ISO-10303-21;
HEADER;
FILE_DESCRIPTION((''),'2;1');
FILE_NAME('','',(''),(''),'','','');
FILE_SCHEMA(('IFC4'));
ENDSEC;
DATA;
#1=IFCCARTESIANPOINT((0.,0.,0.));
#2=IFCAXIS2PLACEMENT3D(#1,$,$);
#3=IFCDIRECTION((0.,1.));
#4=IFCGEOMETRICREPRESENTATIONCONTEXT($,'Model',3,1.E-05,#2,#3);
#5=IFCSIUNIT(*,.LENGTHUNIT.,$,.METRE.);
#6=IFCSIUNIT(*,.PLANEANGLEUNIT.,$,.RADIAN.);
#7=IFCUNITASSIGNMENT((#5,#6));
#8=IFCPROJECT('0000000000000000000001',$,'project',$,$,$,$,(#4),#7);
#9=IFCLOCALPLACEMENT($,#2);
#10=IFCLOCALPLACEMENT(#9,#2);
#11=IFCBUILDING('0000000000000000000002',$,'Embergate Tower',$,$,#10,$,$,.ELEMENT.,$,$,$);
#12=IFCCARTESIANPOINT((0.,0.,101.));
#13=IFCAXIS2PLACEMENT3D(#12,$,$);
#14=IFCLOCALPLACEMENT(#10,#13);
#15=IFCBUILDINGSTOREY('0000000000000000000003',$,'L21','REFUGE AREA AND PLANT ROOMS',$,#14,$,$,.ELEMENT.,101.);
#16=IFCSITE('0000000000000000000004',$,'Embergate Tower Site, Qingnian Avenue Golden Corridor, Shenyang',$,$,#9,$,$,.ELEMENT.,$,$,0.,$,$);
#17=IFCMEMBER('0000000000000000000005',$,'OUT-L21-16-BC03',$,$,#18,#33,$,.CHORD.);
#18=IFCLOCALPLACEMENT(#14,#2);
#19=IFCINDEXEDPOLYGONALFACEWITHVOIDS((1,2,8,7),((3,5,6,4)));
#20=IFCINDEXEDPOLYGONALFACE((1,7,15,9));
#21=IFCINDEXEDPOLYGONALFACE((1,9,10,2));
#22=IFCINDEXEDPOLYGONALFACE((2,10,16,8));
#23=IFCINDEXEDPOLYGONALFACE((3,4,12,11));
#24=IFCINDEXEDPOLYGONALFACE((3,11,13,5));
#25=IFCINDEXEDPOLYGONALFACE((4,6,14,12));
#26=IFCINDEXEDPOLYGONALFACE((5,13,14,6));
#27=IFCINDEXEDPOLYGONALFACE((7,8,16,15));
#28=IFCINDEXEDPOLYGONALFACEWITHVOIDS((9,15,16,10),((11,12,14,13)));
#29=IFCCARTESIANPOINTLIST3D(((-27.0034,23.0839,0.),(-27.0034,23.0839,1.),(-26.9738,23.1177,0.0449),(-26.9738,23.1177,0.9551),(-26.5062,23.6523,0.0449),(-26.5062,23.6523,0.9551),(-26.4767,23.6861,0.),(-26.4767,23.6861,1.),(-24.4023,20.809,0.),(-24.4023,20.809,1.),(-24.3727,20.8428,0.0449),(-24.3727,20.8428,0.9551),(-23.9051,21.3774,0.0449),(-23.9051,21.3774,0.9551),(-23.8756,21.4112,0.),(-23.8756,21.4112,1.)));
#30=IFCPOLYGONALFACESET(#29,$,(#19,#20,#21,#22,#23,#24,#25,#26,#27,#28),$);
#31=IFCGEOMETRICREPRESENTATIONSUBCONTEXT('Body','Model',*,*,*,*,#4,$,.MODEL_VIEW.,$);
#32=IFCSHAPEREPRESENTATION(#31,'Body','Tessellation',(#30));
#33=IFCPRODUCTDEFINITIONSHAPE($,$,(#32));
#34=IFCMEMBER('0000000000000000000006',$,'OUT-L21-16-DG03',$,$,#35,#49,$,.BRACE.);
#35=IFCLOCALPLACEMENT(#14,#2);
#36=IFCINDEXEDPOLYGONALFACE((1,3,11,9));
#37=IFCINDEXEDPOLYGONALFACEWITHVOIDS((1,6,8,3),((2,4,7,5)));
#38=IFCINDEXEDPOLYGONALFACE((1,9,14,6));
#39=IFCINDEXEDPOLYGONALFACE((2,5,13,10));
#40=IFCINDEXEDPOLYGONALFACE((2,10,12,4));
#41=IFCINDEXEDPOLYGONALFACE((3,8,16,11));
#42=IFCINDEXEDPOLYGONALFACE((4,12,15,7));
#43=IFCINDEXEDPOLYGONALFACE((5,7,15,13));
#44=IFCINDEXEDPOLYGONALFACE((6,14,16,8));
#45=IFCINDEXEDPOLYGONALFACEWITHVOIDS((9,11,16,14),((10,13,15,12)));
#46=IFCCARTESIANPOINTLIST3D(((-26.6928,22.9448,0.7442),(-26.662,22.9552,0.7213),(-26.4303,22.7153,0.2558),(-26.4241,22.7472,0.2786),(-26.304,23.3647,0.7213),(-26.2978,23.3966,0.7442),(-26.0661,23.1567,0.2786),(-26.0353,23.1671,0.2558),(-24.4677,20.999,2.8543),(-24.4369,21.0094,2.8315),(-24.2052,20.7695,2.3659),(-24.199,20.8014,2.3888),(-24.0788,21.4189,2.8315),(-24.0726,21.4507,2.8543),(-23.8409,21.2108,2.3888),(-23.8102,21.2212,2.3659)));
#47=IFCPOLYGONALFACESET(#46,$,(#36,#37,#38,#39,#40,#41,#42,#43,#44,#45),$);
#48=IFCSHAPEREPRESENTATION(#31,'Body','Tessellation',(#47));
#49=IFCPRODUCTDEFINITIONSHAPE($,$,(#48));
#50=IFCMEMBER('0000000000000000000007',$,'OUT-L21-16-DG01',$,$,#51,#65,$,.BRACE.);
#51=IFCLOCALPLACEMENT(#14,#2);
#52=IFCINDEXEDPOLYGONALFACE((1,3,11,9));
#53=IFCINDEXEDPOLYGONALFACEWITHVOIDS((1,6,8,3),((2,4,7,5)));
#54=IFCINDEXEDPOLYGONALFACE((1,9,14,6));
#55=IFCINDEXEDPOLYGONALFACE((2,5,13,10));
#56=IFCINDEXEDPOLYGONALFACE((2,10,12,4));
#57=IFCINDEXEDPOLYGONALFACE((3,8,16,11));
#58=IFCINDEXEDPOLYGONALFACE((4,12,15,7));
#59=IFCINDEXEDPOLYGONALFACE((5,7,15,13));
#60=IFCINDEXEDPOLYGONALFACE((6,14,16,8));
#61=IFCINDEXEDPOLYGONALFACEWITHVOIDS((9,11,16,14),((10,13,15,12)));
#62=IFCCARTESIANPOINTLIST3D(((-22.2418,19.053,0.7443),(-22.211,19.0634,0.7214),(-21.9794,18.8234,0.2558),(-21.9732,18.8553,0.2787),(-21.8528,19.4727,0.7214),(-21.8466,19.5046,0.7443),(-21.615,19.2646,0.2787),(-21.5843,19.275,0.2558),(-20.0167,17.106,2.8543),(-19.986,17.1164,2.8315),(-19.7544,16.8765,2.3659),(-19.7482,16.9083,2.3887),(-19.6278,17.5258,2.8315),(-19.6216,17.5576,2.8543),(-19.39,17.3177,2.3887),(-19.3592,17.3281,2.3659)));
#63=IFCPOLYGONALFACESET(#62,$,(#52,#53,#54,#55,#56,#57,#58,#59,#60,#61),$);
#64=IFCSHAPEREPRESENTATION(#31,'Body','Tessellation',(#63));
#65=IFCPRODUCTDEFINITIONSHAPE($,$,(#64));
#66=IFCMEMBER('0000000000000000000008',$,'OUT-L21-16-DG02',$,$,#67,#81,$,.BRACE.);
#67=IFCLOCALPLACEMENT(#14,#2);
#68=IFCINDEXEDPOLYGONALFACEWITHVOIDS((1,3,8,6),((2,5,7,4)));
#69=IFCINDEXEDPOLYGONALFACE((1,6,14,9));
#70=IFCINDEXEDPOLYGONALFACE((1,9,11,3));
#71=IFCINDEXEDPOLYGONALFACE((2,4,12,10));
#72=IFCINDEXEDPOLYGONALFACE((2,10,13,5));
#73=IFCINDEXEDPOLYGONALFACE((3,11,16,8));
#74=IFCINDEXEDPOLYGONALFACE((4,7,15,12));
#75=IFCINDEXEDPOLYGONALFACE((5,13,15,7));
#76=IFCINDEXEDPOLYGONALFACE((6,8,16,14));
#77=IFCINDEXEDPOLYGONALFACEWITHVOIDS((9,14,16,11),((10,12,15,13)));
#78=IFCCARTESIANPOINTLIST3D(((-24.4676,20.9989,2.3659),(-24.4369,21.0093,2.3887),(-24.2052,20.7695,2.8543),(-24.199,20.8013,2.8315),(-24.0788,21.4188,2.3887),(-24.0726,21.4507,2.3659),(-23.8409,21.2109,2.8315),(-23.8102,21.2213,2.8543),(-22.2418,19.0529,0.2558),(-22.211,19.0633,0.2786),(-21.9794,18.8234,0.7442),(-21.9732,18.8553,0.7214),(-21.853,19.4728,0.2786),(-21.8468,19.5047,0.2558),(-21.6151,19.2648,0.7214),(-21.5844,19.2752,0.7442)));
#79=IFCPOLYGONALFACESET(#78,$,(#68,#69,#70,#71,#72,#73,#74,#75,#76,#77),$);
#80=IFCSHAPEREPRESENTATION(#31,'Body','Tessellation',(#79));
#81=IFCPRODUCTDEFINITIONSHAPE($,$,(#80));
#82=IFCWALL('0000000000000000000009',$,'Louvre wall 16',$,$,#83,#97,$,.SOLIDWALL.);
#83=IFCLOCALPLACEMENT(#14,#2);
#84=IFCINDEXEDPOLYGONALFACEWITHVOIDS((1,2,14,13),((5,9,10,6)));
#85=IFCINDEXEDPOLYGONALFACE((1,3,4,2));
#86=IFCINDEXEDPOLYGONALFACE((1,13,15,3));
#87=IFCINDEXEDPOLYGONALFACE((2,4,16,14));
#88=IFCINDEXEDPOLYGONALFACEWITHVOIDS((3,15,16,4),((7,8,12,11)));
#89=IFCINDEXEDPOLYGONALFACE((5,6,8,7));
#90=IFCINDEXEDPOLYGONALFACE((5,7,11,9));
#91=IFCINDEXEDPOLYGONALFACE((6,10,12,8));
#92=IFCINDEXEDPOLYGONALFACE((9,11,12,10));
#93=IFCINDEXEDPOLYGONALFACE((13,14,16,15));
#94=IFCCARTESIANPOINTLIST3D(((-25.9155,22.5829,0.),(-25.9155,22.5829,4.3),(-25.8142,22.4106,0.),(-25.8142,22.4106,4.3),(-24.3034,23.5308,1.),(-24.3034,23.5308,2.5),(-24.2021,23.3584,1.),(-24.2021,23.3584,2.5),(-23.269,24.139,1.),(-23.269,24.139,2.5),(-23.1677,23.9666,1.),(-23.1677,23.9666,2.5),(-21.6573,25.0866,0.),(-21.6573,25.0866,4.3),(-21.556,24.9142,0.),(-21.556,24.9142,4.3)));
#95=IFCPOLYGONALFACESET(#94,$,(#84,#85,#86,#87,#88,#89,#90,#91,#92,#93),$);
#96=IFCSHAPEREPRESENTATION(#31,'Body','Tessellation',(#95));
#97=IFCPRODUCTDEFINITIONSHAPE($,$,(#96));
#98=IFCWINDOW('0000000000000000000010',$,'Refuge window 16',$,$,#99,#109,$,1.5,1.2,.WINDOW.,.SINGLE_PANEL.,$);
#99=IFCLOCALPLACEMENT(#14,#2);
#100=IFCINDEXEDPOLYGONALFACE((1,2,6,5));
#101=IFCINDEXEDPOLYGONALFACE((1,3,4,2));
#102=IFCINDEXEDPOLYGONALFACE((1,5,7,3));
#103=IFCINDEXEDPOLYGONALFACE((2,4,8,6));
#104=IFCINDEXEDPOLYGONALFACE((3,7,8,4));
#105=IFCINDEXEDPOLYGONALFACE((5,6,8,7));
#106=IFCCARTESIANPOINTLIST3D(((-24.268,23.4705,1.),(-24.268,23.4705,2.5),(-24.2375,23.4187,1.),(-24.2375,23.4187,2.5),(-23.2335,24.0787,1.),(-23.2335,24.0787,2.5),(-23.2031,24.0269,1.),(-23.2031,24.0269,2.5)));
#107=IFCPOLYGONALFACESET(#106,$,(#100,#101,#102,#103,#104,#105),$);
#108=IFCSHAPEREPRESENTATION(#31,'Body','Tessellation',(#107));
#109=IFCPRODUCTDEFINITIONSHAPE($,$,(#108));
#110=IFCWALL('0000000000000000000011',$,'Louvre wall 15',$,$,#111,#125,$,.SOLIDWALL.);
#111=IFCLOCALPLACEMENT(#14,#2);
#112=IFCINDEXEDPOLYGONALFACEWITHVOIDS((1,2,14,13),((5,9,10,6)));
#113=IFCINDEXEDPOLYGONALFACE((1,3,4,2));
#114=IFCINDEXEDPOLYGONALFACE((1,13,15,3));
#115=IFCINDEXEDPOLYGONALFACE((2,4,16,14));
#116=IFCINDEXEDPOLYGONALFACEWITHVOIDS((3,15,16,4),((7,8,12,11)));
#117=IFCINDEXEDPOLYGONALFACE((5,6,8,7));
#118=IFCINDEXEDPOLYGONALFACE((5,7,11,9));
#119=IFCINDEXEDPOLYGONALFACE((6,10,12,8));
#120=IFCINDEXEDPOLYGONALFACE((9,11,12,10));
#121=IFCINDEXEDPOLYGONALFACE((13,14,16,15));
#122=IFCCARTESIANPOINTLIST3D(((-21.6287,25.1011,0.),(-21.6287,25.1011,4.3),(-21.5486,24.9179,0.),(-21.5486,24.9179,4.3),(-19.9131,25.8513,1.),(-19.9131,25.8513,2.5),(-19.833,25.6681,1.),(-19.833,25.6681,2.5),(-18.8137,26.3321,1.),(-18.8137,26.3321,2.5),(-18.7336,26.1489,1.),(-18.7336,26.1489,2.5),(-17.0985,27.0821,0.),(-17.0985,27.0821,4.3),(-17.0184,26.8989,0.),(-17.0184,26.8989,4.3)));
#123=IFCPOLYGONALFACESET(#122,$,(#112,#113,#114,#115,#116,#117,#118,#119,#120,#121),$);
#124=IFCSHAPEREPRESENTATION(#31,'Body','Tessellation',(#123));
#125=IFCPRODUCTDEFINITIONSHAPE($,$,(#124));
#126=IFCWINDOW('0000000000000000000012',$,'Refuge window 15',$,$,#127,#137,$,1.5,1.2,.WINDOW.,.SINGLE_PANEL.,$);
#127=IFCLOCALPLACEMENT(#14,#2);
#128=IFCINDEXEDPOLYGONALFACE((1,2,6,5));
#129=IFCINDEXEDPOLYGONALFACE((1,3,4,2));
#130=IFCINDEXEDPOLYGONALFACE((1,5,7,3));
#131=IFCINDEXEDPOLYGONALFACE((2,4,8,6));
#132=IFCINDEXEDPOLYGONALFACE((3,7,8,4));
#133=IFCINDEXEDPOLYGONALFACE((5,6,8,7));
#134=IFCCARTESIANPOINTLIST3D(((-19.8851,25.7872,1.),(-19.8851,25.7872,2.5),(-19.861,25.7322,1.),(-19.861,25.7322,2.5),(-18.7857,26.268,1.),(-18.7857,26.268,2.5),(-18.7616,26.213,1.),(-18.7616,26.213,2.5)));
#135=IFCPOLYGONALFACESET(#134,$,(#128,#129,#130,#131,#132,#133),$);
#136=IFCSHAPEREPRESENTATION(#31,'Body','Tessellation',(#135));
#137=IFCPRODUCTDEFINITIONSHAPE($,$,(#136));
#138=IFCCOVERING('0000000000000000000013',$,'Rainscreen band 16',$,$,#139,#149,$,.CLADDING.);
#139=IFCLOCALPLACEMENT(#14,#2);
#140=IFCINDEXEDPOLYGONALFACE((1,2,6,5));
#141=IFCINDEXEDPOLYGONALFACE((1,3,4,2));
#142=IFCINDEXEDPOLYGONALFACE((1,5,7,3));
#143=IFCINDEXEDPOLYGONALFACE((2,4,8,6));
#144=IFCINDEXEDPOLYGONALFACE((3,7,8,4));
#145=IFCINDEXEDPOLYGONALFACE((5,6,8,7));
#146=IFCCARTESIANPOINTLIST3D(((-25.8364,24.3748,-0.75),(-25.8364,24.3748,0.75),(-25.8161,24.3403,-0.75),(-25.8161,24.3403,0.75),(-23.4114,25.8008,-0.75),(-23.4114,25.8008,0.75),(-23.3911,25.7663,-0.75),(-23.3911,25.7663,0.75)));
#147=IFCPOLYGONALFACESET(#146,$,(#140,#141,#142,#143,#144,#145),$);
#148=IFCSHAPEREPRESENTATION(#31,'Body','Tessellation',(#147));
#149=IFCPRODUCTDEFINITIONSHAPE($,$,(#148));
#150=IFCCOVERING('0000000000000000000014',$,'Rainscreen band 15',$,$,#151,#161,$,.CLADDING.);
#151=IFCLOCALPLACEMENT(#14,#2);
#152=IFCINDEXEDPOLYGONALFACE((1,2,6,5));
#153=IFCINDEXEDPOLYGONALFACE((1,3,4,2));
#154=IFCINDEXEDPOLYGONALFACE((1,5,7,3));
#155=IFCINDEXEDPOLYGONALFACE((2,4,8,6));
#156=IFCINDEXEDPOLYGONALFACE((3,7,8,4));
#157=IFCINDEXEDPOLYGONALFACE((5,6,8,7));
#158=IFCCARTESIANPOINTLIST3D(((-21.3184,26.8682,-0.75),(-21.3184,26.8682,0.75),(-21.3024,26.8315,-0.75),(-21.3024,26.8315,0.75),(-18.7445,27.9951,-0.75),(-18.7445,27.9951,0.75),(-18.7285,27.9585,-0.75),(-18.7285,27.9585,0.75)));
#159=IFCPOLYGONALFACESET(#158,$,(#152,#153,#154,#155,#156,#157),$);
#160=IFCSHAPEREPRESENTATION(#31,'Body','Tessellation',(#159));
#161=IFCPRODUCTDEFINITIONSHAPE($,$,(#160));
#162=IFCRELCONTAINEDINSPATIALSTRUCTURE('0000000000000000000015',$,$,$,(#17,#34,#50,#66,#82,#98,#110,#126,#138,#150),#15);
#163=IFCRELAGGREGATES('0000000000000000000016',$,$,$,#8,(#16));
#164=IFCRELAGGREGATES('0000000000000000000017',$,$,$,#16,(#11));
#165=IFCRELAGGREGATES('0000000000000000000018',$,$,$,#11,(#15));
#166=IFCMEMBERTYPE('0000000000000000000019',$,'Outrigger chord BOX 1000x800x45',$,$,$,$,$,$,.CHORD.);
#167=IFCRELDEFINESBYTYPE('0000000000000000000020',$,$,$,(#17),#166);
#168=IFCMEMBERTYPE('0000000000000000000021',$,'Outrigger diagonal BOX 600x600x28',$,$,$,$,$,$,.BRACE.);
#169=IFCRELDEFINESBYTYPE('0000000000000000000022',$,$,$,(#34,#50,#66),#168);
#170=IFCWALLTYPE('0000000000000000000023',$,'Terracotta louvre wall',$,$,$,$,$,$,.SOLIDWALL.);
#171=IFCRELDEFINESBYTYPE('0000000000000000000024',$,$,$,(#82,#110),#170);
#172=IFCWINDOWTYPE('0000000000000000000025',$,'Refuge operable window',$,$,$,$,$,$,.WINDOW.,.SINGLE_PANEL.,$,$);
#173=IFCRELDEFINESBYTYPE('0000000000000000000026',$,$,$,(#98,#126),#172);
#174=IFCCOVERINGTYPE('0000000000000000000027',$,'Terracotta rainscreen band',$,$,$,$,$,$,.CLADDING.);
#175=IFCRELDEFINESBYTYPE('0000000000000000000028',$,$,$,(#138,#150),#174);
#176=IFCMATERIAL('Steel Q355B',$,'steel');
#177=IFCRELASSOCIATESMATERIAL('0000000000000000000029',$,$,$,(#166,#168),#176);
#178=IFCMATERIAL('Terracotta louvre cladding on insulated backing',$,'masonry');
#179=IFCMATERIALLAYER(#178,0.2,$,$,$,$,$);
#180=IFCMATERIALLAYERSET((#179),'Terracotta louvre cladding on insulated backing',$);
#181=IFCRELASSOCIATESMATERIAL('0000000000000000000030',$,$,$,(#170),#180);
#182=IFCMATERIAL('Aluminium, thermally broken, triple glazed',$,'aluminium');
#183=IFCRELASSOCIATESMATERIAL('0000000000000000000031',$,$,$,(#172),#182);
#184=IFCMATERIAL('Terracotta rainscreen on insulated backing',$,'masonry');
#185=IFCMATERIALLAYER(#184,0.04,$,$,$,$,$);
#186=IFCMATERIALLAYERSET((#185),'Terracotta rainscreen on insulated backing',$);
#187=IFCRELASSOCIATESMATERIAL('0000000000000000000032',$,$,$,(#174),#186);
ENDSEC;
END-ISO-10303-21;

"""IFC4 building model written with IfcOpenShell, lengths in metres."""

from ifc_helpers import new_model, si_unit, direction, frame, frame_2d, origin, origin_2d, place, context, subcontext, project, spatial, rectangle, hollow_rectangle, extrude, source, transform, mapped, material, layer, layer_set, material_profile, profile_set, type_object, element, fill, save


model = new_model("IFC4")

# Units and contexts
model_context = context("Model", 3, precision=1e-05, world=origin(), true_north=direction((0.0, 1.0)))
body_context = subcontext(model_context, "Body", "Model", "MODEL_VIEW")
ifc_project = project(units=[si_unit("LENGTHUNIT", "METRE"), si_unit("PLANEANGLEUNIT", "RADIAN")], contexts=[model_context])

# Site, building, storey
site_placement = place(None, origin())
site = spatial("IfcSite", under=ifc_project, at=site_placement, Name="Embergate Tower Site, Qingnian Avenue Golden Corridor, Shenyang", CompositionType="ELEMENT", RefElevation=0.0)
building_placement = place(site_placement, origin())
building = spatial("IfcBuilding", under=site, at=building_placement, Name="Embergate Tower", CompositionType="ELEMENT")
storey_placement = place(building_placement, frame((0.0, 0.0, 101.0)))
storey = spatial("IfcBuildingStorey", under=building, at=storey_placement, Name="L21", Description="REFUGE AREA AND PLANT ROOMS", CompositionType="ELEMENT", Elevation=101.0)

# Shared definitions
ifc_material_1 = material(Name="Steel Q355B", Category="steel")

# Members
ifc_material_profile_1 = material_profile(ifc_material_1, hollow_rectangle(XDim=0.8, YDim=1.0, WallThickness=0.0449, at=origin_2d()), Name="BOX 1000x800x45")
ifc_profile_set_1 = profile_set([ifc_material_profile_1], Name="Steel Q355 grade B")
member_type_1 = type_object("IfcMemberType", Name="Outrigger chord BOX 1000x800x45", PredefinedType="CHORD", material=ifc_profile_set_1)
shared_shape_1 = source(origin(), body_context, "Body", "SweptSolid", [
    extrude(hollow_rectangle(XDim=0.8, YDim=1.0, WallThickness=0.0449, at=origin_2d()), origin(), (0.0, 0.0, 1.0), 3.4556),
])
for number, where, z_axis, x_axis, name in (
    (1, (-24.1389, 21.1101, 0.5), (-0.752725, 0.658335, 0.0), (-0.658335, -0.752725, 0.0), "OUT-L21-16-BC03"),
):
    element("IfcMember", number, at=place(storey_placement, frame(where, z_axis=z_axis, x_axis=x_axis)), inside=storey, type_object=member_type_1, Name=name, PredefinedType="CHORD", context=body_context, shape_type="MappedRepresentation", body=[
        mapped(shared_shape_1, transform((0.0, 0.0, 0.0))),
    ])
ifc_material_profile_2 = material_profile(ifc_material_1, hollow_rectangle(XDim=0.6001, YDim=0.6001, WallThickness=0.0281, at=origin_2d()), Name="BOX 600x600x28")
ifc_profile_set_2 = profile_set([ifc_material_profile_2], Name="Steel Q355 grade B")
member_type_2 = type_object("IfcMemberType", Name="Outrigger diagonal BOX 600x600x28", PredefinedType="BRACE", material=ifc_profile_set_2)
shared_shape_2 = source(origin(), body_context, "Body", "SweptSolid", [
    extrude(hollow_rectangle(XDim=0.6001, YDim=0.6001, WallThickness=0.0281, at=origin_2d()), origin(), (0.0, 0.0, 1.0), 3.6318),
])
member_placement = place(storey_placement, frame((-24.1389, 21.1101, 2.6101), z_axis=(-0.612676, 0.535772, -0.581014), x_axis=(-0.658282, -0.752771, 0.0)))
element("IfcMember", 2, at=member_placement, inside=storey, type_object=member_type_2, Name="OUT-L21-16-DG03", PredefinedType="BRACE", context=body_context, shape_type="MappedRepresentation", body=[
    mapped(shared_shape_2, transform((0.0, 0.0, 0.0))),
])
shared_shape_3 = source(origin(), body_context, "Body", "SweptSolid", [
    extrude(hollow_rectangle(XDim=0.6001, YDim=0.6001, WallThickness=0.0281, at=origin_2d()), origin(), (0.0, 0.0, 1.0), 3.6323),
])
for number, where, z_axis, x_axis, name in (
    (3, (-19.688, 17.217, 2.6101), (-0.612565, 0.536012, -0.580909), (-0.658516, -0.752566, 0.0), "OUT-L21-16-DG01"),
    (4, (-21.9131, 19.1641, 0.5), (-0.61278, 0.535754, 0.580921), (-0.658206, -0.752838, 0.0), "OUT-L21-16-DG02"),
):
    element("IfcMember", number, at=place(storey_placement, frame(where, z_axis=z_axis, x_axis=x_axis)), inside=storey, type_object=member_type_2, Name=name, PredefinedType="BRACE", context=body_context, shape_type="MappedRepresentation", body=[
        mapped(shared_shape_3, transform((0.0, 0.0, 0.0))),
    ])

# Walls, openings, windows
ifc_material_2 = material(Name="Terracotta louvre cladding on insulated backing", Category="masonry")
ifc_layer_1 = layer(ifc_material_2, 0.2)
ifc_layer_set_1 = layer_set([ifc_layer_1], Name="Terracotta louvre cladding on insulated backing")
wall_type = type_object("IfcWallType", Name="Terracotta louvre wall", PredefinedType="SOLIDWALL", material=ifc_layer_set_1)
shared_shape_4 = source(origin(), body_context, "Body", "SweptSolid", [
    extrude(rectangle(XDim=4.9397, YDim=0.2, at=frame_2d((2.4697, 0.0))), origin(), (0.0, 0.0, 1.0), 4.3),
])
wall_1_placement = place(storey_placement, frame((-25.8647, 22.4968, 0.0), z_axis=(0.0, 0.0, 1.0), x_axis=(0.862042, 0.506837, 0.0)))
wall_1 = element("IfcWall", 5, at=wall_1_placement, inside=storey, type_object=wall_type, Name="Louvre wall 16", PredefinedType="SOLIDWALL", context=body_context, shape_type="MappedRepresentation", body=[
    mapped(shared_shape_4, transform((0.0, 0.0, 0.0))),
])
shared_shape_5 = source(origin(), body_context, "Body", "SweptSolid", [
    extrude(rectangle(XDim=1.2, YDim=1.5, at=frame_2d((0.6001, 0.75))), frame((0.0, 0.1099, 0.0), z_axis=(0.0, -1.0, 0.0), x_axis=(1.0, 0.0, 0.0)), (0.0, 0.0, 1.0), 0.22),
])
opening_1_placement = place(wall_1_placement, frame((1.8699, 0.0, 1.0)))
opening_1 = element("IfcOpeningElement", 6, at=opening_1_placement, cuts=wall_1, PredefinedType="OPENING", context=body_context, shape_type="MappedRepresentation", body=[
    mapped(shared_shape_5, transform((0.0, 0.0, 0.0))),
])
ifc_material_3 = material(Name="Aluminium, thermally broken, triple glazed", Category="aluminium")
window_type = type_object("IfcWindowType", Name="Refuge operable window", PartitioningType="SINGLE_PANEL", PredefinedType="WINDOW", material=ifc_material_3)
shared_shape_6 = source(origin(), body_context, "Body", "SweptSolid", [
    extrude(rectangle(XDim=1.2, YDim=1.5, at=frame_2d((0.6001, 0.75))), frame((0.0, 0.03, 0.0), z_axis=(0.0, -1.0, 0.0), x_axis=(1.0, 0.0, 0.0)), (0.0, 0.0, 1.0), 0.0601),
])
window_1_placement = place(opening_1_placement, origin())
window_1 = element("IfcWindow", 7, at=window_1_placement, inside=storey, type_object=window_type, Name="Refuge window 16", OverallHeight=1.5, OverallWidth=1.2, PartitioningType="SINGLE_PANEL", PredefinedType="WINDOW", context=body_context, shape_type="MappedRepresentation", body=[
    mapped(shared_shape_6, transform((0.0, 0.0, 0.0))),
])
fill(opening_1, window_1)
shared_shape_7 = source(origin(), body_context, "Body", "SweptSolid", [
    extrude(rectangle(XDim=4.9443, YDim=0.2, at=frame_2d((2.4722, 0.0))), origin(), (0.0, 0.0, 1.0), 4.3),
])
wall_2_placement = place(storey_placement, frame((-21.5886, 25.0095, 0.0), z_axis=(0.0, 0.0, 1.0), x_axis=(0.916226, 0.400661, 0.0)))
wall_2 = element("IfcWall", 8, at=wall_2_placement, inside=storey, type_object=wall_type, Name="Louvre wall 15", PredefinedType="SOLIDWALL", context=body_context, shape_type="MappedRepresentation", body=[
    mapped(shared_shape_7, transform((0.0, 0.0, 0.0))),
])
opening_2_placement = place(wall_2_placement, frame((1.8723, 0.0, 1.0)))
opening_2 = element("IfcOpeningElement", 9, at=opening_2_placement, cuts=wall_2, PredefinedType="OPENING", context=body_context, shape_type="MappedRepresentation", body=[
    mapped(shared_shape_5, transform((0.0, 0.0, 0.0))),
])
window_2_placement = place(opening_2_placement, origin())
window_2 = element("IfcWindow", 10, at=window_2_placement, inside=storey, type_object=window_type, Name="Refuge window 15", OverallHeight=1.5, OverallWidth=1.2, PartitioningType="SINGLE_PANEL", PredefinedType="WINDOW", context=body_context, shape_type="MappedRepresentation", body=[
    mapped(shared_shape_6, transform((0.0, 0.0, 0.0))),
])
fill(opening_2, window_2)

# Coverings
ifc_material_4 = material(Name="Terracotta rainscreen on insulated backing", Category="masonry")
ifc_layer_2 = layer(ifc_material_4, 0.04)
ifc_layer_set_2 = layer_set([ifc_layer_2], Name="Terracotta rainscreen on insulated backing")
covering_type = type_object("IfcCoveringType", Name="Terracotta rainscreen band", PredefinedType="CLADDING", material=ifc_layer_set_2)
shared_shape_8 = source(origin(), body_context, "Body", "SweptSolid", [
    extrude(rectangle(XDim=2.8132, YDim=0.04, at=origin_2d()), origin(), (0.0, 0.0, 1.0), 1.5),
])
covering_1_placement = place(storey_placement, frame((-24.6138, 25.0706, -0.75), z_axis=(0.0, 0.0, 1.0), x_axis=(-0.862007, -0.506896, 0.0)))
element("IfcCovering", 11, at=covering_1_placement, inside=storey, type_object=covering_type, Name="Rainscreen band 16", PredefinedType="CLADDING", context=body_context, shape_type="MappedRepresentation", body=[
    mapped(shared_shape_8, transform((0.0, 0.0, 0.0))),
])
shared_shape_9 = source(origin(), body_context, "Body", "SweptSolid", [
    extrude(rectangle(XDim=2.8098, YDim=0.04, at=origin_2d()), origin(), (0.0, 0.0, 1.0), 1.5),
])
covering_2_placement = place(storey_placement, frame((-20.0234, 27.4133, -0.75), z_axis=(0.0, 0.0, 1.0), x_axis=(-0.916043, -0.40108, 0.0)))
element("IfcCovering", 12, at=covering_2_placement, inside=storey, type_object=covering_type, Name="Rainscreen band 15", PredefinedType="CLADDING", context=body_context, shape_type="MappedRepresentation", body=[
    mapped(shared_shape_9, transform((0.0, 0.0, 0.0))),
])

save(model, "model.ifc")
